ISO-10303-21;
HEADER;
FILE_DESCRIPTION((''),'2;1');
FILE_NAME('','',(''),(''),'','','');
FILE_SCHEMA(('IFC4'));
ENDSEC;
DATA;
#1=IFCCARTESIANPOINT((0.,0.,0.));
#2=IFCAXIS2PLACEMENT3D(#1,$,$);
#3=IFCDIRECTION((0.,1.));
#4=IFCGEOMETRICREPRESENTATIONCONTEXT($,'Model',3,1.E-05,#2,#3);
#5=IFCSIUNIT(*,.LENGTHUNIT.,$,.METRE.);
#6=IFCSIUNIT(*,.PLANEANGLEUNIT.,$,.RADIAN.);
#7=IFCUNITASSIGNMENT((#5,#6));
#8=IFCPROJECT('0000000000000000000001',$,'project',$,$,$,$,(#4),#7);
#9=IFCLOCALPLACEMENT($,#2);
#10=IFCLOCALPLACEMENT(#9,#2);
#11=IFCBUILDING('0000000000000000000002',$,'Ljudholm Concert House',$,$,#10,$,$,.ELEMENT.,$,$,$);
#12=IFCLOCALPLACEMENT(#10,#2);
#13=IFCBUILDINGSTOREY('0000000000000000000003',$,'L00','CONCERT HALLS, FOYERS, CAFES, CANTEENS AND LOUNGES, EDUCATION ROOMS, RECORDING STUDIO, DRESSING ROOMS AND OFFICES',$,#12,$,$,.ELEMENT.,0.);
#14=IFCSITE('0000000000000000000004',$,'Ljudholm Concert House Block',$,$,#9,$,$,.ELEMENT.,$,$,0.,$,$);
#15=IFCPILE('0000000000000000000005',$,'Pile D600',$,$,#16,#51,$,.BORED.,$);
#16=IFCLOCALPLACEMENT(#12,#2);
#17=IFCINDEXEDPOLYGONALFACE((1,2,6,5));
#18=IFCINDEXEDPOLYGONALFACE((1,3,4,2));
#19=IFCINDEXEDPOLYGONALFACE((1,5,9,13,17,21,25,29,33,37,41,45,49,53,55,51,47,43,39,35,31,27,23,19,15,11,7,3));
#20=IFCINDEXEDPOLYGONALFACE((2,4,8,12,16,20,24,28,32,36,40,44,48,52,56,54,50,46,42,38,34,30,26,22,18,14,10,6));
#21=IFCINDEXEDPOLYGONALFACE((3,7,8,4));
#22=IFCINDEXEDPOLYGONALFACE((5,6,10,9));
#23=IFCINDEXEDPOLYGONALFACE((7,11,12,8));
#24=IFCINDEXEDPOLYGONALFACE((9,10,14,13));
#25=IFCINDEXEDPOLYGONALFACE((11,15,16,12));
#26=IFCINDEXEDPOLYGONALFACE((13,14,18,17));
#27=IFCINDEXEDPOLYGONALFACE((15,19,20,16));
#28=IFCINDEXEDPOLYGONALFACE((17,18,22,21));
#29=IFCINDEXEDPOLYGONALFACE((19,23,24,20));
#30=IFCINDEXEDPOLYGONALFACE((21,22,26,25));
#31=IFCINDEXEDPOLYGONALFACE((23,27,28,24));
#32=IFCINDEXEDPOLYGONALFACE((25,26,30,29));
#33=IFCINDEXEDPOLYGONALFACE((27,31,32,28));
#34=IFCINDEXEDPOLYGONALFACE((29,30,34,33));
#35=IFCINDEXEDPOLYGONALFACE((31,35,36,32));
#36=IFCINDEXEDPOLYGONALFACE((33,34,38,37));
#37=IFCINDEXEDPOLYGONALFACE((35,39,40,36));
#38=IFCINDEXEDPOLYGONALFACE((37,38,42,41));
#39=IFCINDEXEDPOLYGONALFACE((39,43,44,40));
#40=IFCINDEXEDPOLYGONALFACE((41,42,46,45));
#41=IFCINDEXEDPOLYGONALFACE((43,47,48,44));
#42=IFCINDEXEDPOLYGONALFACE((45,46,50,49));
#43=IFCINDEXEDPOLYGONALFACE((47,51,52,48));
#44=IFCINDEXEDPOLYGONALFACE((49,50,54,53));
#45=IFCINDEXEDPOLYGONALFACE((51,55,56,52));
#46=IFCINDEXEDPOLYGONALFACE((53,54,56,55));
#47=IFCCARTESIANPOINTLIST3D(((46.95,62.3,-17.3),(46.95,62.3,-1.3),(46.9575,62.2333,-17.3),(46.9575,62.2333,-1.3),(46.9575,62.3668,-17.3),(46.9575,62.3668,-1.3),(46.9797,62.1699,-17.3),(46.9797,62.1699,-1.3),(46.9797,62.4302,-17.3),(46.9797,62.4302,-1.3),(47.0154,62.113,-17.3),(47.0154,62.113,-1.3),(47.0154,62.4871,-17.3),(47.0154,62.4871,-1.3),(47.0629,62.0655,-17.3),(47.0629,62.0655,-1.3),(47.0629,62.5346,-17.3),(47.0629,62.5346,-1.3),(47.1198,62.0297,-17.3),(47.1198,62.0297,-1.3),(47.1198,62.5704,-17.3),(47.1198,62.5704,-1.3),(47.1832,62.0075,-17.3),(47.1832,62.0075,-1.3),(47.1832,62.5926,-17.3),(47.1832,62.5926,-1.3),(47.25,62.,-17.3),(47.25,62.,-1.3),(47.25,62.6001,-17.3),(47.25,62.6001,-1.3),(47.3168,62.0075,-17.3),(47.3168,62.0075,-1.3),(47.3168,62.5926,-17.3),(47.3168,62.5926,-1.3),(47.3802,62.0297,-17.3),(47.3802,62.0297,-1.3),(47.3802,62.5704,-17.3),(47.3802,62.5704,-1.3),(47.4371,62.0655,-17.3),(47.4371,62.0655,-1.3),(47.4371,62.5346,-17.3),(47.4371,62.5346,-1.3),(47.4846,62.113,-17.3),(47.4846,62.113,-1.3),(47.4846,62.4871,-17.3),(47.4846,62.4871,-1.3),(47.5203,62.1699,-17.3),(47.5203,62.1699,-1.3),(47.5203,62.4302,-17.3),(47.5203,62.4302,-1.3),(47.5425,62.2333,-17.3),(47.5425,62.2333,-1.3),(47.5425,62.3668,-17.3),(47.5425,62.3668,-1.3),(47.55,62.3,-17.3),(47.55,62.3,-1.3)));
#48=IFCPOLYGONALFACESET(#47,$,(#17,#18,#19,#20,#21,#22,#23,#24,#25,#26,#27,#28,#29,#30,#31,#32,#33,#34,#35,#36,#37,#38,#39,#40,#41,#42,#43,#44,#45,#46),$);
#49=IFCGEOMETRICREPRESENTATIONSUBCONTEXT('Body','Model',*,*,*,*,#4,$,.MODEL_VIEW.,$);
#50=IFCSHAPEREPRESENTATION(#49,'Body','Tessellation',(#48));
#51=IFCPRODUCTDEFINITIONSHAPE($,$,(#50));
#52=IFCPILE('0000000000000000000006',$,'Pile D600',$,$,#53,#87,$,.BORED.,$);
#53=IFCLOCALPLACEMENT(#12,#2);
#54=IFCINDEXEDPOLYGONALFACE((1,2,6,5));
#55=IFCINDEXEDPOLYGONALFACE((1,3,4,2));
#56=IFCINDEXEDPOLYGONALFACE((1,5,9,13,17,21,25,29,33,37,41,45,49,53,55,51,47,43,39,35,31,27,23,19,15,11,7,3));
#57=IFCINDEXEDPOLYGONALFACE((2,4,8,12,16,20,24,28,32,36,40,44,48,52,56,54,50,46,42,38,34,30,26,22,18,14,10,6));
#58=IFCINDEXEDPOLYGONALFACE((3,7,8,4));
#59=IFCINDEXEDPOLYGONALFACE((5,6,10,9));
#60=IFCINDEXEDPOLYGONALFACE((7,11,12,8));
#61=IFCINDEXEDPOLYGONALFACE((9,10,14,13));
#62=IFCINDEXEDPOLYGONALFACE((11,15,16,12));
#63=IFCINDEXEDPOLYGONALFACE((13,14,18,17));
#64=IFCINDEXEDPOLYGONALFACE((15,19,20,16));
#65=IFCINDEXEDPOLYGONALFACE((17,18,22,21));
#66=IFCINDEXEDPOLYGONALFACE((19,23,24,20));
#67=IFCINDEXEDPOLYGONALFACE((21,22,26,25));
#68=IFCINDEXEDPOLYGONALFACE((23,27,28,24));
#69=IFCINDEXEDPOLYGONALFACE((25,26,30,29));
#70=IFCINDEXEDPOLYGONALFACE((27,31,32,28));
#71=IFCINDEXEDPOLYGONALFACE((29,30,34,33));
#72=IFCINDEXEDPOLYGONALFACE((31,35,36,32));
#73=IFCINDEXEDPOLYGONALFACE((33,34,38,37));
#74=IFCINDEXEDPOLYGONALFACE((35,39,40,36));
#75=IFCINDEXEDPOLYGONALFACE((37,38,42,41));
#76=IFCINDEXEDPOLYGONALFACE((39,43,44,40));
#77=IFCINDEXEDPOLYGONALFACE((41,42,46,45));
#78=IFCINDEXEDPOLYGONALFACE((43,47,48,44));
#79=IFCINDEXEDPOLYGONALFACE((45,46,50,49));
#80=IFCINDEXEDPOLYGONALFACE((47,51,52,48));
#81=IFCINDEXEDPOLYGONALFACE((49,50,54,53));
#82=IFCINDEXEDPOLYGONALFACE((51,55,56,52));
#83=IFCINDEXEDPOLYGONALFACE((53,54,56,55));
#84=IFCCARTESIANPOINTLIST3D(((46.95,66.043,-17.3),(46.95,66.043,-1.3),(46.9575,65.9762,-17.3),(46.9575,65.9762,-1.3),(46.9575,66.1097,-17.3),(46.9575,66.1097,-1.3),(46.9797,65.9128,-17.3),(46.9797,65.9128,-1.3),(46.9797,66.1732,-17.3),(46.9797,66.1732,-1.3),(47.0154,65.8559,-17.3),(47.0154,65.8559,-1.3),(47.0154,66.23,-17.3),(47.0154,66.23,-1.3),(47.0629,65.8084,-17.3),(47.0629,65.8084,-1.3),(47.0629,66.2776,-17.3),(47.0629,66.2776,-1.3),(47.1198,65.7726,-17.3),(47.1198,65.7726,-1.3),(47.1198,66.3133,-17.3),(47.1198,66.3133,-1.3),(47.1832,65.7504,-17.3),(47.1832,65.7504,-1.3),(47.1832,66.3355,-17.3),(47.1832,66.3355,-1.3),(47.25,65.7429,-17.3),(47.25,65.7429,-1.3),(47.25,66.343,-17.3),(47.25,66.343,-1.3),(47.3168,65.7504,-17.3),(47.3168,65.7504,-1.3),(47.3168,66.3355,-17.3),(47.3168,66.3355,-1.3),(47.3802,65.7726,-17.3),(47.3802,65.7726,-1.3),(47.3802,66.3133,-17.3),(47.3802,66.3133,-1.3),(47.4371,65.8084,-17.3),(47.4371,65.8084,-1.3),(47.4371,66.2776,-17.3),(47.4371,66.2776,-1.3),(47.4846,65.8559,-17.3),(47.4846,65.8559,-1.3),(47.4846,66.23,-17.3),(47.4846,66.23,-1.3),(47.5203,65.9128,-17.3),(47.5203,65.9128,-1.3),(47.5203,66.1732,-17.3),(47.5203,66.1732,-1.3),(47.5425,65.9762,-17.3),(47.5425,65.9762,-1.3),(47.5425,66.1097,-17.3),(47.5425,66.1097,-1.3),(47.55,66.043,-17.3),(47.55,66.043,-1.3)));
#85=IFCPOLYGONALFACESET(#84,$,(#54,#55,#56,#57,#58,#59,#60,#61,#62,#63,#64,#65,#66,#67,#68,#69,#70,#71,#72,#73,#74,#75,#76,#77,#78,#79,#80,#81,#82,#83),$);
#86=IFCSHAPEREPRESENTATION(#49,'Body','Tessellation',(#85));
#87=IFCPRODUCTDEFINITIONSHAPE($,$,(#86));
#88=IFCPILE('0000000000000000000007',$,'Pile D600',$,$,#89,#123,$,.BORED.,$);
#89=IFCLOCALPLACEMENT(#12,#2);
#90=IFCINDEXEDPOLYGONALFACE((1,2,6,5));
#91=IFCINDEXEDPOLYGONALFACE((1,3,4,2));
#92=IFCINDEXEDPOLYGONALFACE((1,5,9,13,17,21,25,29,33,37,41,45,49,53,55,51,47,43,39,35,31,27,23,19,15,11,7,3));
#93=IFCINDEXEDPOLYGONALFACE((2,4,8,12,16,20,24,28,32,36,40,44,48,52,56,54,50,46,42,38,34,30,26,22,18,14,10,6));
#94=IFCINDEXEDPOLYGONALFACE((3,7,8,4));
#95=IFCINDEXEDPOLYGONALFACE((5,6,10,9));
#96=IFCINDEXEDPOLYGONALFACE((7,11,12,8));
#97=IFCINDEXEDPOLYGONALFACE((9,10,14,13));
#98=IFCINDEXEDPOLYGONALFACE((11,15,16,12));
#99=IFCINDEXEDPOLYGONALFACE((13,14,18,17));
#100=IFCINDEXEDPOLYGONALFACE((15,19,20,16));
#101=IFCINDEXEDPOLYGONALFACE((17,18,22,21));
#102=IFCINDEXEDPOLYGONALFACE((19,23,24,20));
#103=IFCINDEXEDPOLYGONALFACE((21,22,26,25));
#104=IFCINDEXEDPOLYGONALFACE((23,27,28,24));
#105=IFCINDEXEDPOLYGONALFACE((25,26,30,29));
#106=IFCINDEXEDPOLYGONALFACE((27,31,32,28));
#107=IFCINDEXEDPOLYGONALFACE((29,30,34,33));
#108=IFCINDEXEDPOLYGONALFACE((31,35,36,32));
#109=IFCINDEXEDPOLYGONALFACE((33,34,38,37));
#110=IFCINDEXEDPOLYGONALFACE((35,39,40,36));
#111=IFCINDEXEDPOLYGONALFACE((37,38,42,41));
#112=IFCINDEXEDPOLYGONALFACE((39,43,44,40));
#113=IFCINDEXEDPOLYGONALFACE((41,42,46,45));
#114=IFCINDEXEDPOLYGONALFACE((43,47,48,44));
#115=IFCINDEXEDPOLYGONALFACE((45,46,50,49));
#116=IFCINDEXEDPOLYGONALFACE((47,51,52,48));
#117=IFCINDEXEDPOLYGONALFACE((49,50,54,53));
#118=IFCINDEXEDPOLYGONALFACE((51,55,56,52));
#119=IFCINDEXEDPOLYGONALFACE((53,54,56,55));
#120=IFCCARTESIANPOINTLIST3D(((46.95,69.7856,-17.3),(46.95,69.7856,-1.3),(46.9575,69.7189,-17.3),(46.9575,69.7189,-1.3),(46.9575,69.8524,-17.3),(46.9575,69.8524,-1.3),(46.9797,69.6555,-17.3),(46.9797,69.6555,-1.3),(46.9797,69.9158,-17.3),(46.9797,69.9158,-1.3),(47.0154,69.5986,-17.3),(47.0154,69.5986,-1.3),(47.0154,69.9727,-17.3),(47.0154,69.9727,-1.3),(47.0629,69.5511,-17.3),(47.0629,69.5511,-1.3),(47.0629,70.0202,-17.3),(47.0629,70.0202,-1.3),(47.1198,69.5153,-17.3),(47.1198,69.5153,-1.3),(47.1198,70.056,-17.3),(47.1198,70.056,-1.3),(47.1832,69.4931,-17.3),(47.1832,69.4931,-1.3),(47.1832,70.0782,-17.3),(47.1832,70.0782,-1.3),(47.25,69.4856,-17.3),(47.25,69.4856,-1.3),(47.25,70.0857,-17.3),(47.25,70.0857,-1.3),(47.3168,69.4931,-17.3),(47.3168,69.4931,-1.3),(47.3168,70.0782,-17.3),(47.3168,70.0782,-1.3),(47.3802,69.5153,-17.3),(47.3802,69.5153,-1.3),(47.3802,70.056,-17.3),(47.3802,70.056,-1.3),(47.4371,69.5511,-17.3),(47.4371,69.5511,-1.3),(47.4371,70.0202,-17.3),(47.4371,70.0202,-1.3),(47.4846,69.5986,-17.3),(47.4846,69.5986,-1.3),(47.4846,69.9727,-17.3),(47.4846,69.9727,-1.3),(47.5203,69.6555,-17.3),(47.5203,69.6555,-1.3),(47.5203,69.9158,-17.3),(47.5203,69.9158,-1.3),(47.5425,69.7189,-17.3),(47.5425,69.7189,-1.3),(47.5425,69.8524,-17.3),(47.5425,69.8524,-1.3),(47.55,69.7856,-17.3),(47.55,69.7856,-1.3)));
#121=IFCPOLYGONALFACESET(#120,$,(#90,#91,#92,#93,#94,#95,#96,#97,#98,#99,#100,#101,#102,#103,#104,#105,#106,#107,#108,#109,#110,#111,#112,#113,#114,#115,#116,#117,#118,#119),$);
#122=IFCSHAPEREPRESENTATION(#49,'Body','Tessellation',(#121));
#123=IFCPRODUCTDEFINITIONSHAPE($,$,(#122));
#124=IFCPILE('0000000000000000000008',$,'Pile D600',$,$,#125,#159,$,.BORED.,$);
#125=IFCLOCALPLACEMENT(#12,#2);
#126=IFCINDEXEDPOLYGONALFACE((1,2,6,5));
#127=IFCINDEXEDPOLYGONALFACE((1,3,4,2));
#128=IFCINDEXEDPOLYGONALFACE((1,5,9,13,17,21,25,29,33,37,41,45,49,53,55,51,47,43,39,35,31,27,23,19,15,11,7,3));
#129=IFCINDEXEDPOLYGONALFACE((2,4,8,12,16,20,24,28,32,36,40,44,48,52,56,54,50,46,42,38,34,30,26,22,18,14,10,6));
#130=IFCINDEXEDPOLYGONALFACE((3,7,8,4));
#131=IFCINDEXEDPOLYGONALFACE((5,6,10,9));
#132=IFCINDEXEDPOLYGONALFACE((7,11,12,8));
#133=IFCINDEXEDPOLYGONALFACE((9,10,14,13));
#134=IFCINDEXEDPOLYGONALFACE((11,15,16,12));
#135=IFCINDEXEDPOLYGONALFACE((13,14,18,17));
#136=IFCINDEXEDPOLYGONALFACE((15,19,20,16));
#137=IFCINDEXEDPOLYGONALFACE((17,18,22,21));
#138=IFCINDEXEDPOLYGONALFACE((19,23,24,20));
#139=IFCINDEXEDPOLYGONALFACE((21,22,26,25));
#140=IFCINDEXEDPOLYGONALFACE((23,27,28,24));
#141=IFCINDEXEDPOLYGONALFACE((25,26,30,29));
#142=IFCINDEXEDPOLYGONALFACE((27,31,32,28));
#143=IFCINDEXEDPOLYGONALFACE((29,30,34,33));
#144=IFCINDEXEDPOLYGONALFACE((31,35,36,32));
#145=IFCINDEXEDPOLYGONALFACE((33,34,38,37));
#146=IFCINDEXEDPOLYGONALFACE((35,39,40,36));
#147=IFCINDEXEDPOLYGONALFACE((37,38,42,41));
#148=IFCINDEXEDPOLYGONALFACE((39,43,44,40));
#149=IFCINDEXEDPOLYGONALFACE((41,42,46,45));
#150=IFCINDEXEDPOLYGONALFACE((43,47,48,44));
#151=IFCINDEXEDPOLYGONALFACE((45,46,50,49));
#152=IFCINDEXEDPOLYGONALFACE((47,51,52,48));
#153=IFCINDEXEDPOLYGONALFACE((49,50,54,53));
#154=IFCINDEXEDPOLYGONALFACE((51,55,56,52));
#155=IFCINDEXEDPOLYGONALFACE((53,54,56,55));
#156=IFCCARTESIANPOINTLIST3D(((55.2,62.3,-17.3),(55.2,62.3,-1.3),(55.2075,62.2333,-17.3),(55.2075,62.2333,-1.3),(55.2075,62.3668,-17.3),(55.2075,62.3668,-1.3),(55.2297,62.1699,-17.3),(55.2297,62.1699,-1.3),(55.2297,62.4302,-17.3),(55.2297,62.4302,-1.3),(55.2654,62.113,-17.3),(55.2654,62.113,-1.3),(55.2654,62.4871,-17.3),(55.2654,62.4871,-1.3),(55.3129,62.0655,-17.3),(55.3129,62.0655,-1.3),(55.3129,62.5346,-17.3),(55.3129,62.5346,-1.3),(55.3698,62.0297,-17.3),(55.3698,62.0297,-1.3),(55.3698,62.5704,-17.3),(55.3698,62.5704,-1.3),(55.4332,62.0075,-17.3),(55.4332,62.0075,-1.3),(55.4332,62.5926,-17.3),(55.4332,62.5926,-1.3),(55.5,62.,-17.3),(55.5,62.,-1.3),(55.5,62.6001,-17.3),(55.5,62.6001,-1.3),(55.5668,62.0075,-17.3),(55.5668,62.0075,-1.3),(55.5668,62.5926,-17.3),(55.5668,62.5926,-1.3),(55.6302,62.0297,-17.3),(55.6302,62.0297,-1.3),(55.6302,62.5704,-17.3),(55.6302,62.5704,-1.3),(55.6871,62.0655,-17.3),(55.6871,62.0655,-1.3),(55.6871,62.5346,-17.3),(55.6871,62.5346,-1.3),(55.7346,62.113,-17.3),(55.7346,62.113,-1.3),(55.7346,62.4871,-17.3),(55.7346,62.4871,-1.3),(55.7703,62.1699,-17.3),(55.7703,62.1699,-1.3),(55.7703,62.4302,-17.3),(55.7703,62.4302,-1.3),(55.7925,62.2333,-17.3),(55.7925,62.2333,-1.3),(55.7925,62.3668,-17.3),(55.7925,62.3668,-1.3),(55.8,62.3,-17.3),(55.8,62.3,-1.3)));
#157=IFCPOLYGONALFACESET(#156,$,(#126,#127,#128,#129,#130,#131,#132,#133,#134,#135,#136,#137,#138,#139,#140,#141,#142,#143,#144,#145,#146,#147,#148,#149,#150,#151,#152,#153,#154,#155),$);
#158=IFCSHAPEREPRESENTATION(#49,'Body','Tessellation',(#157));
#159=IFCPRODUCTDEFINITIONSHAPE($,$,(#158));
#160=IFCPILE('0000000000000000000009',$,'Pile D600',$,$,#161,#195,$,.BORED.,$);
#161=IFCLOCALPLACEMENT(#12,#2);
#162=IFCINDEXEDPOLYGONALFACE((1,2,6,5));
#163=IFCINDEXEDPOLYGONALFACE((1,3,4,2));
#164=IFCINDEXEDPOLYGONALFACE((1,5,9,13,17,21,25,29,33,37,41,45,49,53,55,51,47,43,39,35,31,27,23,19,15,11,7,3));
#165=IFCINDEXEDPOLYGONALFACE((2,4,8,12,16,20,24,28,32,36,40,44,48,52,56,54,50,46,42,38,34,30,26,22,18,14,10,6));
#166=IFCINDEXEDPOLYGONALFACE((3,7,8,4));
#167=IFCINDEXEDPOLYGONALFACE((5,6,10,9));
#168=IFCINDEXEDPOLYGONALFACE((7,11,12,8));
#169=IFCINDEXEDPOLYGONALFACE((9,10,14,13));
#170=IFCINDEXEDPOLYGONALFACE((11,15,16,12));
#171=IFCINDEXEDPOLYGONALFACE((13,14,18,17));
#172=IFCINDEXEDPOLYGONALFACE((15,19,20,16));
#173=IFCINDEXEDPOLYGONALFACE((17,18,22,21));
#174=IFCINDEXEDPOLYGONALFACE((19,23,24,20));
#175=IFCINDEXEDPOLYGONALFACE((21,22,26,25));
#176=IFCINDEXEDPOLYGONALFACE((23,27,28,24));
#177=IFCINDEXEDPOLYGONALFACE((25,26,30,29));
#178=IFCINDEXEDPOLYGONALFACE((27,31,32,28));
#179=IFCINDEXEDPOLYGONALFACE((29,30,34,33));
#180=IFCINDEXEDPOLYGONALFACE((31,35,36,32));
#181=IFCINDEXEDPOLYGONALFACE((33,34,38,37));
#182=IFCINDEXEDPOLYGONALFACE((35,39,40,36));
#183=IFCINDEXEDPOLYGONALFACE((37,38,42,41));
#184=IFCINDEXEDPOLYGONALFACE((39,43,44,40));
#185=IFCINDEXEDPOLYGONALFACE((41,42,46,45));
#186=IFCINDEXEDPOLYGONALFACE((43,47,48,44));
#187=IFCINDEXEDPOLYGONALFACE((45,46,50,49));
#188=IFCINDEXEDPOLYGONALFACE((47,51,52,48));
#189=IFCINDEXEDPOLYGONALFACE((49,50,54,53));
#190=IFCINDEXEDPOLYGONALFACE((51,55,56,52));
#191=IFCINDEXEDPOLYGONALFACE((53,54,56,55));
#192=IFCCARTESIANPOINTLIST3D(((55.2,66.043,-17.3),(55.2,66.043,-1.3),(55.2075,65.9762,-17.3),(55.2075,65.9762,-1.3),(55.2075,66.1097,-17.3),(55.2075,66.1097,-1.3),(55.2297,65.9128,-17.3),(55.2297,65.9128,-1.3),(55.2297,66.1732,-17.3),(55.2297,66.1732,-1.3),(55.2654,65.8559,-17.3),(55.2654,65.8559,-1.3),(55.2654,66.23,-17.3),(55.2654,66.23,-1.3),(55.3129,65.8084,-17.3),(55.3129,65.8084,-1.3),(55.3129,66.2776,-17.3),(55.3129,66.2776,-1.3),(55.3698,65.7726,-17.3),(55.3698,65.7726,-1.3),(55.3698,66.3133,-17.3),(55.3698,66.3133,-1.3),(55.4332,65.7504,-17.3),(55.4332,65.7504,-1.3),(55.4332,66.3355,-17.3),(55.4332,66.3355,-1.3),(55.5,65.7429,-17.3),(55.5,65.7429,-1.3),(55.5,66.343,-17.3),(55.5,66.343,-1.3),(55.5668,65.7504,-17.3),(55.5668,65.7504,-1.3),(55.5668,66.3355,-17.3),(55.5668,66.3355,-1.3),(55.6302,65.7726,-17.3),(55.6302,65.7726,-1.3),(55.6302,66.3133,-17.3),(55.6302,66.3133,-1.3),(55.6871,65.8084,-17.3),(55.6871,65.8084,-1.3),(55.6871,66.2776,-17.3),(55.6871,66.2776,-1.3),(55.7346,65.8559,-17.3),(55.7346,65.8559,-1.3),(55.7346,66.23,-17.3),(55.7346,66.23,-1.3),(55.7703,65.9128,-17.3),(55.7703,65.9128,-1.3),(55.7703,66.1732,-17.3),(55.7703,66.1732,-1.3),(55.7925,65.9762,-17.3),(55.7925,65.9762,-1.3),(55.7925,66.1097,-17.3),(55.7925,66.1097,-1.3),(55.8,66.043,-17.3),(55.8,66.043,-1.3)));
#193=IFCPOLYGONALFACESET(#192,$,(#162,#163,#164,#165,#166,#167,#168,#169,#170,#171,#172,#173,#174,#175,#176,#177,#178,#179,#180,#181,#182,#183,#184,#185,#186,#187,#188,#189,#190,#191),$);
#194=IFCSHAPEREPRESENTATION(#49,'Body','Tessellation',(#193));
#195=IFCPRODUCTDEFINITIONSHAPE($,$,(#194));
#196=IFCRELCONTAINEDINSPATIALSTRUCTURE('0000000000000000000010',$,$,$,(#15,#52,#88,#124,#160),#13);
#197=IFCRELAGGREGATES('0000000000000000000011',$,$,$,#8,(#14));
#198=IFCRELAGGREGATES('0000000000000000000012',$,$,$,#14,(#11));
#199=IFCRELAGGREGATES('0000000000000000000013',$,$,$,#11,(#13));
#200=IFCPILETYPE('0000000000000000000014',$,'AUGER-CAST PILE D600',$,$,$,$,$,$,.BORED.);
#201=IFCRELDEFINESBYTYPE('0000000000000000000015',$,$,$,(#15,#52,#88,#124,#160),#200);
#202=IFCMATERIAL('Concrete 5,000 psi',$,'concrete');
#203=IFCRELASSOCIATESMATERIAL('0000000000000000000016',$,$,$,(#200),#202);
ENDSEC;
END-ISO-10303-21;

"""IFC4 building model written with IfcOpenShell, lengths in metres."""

from ifc_helpers import new_model, si_unit, direction, frame, origin, origin_2d, place, context, subcontext, project, spatial, circle, extrude, material, material_profile, profile_set, type_object, element, save


model = new_model("IFC4")

# Units and contexts
model_context = context("Model", 3, precision=1e-05, world=origin(), true_north=direction((0.0, 1.0)))
body_context = subcontext(model_context, "Body", "Model", "MODEL_VIEW")
ifc_project = project(units=[si_unit("LENGTHUNIT", "METRE"), si_unit("PLANEANGLEUNIT", "RADIAN")], contexts=[model_context])

# Site, building, storey
site_placement = place(None, origin())
site = spatial("IfcSite", under=ifc_project, at=site_placement, Name="Ljudholm Concert House Block", CompositionType="ELEMENT", RefElevation=0.0)
building_placement = place(site_placement, origin())
building = spatial("IfcBuilding", under=site, at=building_placement, Name="Ljudholm Concert House", CompositionType="ELEMENT")
storey_placement = place(building_placement, origin())
storey = spatial("IfcBuildingStorey", under=building, at=storey_placement, Name="L00", Description="CONCERT HALLS, FOYERS, CAFES, CANTEENS AND LOUNGES, EDUCATION ROOMS, RECORDING STUDIO, DRESSING ROOMS AND OFFICES", CompositionType="ELEMENT", Elevation=0.0)

# Piles
ifc_material_1 = material(Name="Concrete 5,000 psi", Category="concrete")
ifc_material_profile_1 = material_profile(ifc_material_1, circle(Radius=0.3, at=origin_2d()), Name="AUGER-CAST PILE D600")
ifc_profile_set_1 = profile_set([ifc_material_profile_1], Name="Concrete 5,000 psi")
pile_type = type_object("IfcPileType", Name="AUGER-CAST PILE D600", PredefinedType="BORED", material=ifc_profile_set_1)
for number, where, z_axis, x_axis, name in (
    (1, (47.25, 62.3, -1.3), (0.0, 0.0, -1.0), (1.0, 0.0, 0.0), "Pile D600"),
    (2, (47.25, 66.043, -1.3), (0.0, 0.0, -1.0), (1.0, 0.0, 0.0), "Pile D600"),
    (3, (47.25, 69.7856, -1.3), (0.0, 0.0, -1.0), (1.0, 0.0, 0.0), "Pile D600"),
    (4, (55.5, 62.3, -1.3), (0.0, 0.0, -1.0), (1.0, 0.0, 0.0), "Pile D600"),
    (5, (55.5, 66.043, -1.3), (0.0, 0.0, -1.0), (1.0, 0.0, 0.0), "Pile D600"),
):
    element("IfcPile", number, at=place(storey_placement, frame(where, z_axis=z_axis, x_axis=x_axis)), inside=storey, type_object=pile_type, Name=name, PredefinedType="BORED", context=body_context, shape_type="SweptSolid", body=[
        extrude(circle(Radius=0.3, at=origin_2d()), origin(), (0.0, 0.0, 1.0), 16.0),
    ])

save(model, "model.ifc")
